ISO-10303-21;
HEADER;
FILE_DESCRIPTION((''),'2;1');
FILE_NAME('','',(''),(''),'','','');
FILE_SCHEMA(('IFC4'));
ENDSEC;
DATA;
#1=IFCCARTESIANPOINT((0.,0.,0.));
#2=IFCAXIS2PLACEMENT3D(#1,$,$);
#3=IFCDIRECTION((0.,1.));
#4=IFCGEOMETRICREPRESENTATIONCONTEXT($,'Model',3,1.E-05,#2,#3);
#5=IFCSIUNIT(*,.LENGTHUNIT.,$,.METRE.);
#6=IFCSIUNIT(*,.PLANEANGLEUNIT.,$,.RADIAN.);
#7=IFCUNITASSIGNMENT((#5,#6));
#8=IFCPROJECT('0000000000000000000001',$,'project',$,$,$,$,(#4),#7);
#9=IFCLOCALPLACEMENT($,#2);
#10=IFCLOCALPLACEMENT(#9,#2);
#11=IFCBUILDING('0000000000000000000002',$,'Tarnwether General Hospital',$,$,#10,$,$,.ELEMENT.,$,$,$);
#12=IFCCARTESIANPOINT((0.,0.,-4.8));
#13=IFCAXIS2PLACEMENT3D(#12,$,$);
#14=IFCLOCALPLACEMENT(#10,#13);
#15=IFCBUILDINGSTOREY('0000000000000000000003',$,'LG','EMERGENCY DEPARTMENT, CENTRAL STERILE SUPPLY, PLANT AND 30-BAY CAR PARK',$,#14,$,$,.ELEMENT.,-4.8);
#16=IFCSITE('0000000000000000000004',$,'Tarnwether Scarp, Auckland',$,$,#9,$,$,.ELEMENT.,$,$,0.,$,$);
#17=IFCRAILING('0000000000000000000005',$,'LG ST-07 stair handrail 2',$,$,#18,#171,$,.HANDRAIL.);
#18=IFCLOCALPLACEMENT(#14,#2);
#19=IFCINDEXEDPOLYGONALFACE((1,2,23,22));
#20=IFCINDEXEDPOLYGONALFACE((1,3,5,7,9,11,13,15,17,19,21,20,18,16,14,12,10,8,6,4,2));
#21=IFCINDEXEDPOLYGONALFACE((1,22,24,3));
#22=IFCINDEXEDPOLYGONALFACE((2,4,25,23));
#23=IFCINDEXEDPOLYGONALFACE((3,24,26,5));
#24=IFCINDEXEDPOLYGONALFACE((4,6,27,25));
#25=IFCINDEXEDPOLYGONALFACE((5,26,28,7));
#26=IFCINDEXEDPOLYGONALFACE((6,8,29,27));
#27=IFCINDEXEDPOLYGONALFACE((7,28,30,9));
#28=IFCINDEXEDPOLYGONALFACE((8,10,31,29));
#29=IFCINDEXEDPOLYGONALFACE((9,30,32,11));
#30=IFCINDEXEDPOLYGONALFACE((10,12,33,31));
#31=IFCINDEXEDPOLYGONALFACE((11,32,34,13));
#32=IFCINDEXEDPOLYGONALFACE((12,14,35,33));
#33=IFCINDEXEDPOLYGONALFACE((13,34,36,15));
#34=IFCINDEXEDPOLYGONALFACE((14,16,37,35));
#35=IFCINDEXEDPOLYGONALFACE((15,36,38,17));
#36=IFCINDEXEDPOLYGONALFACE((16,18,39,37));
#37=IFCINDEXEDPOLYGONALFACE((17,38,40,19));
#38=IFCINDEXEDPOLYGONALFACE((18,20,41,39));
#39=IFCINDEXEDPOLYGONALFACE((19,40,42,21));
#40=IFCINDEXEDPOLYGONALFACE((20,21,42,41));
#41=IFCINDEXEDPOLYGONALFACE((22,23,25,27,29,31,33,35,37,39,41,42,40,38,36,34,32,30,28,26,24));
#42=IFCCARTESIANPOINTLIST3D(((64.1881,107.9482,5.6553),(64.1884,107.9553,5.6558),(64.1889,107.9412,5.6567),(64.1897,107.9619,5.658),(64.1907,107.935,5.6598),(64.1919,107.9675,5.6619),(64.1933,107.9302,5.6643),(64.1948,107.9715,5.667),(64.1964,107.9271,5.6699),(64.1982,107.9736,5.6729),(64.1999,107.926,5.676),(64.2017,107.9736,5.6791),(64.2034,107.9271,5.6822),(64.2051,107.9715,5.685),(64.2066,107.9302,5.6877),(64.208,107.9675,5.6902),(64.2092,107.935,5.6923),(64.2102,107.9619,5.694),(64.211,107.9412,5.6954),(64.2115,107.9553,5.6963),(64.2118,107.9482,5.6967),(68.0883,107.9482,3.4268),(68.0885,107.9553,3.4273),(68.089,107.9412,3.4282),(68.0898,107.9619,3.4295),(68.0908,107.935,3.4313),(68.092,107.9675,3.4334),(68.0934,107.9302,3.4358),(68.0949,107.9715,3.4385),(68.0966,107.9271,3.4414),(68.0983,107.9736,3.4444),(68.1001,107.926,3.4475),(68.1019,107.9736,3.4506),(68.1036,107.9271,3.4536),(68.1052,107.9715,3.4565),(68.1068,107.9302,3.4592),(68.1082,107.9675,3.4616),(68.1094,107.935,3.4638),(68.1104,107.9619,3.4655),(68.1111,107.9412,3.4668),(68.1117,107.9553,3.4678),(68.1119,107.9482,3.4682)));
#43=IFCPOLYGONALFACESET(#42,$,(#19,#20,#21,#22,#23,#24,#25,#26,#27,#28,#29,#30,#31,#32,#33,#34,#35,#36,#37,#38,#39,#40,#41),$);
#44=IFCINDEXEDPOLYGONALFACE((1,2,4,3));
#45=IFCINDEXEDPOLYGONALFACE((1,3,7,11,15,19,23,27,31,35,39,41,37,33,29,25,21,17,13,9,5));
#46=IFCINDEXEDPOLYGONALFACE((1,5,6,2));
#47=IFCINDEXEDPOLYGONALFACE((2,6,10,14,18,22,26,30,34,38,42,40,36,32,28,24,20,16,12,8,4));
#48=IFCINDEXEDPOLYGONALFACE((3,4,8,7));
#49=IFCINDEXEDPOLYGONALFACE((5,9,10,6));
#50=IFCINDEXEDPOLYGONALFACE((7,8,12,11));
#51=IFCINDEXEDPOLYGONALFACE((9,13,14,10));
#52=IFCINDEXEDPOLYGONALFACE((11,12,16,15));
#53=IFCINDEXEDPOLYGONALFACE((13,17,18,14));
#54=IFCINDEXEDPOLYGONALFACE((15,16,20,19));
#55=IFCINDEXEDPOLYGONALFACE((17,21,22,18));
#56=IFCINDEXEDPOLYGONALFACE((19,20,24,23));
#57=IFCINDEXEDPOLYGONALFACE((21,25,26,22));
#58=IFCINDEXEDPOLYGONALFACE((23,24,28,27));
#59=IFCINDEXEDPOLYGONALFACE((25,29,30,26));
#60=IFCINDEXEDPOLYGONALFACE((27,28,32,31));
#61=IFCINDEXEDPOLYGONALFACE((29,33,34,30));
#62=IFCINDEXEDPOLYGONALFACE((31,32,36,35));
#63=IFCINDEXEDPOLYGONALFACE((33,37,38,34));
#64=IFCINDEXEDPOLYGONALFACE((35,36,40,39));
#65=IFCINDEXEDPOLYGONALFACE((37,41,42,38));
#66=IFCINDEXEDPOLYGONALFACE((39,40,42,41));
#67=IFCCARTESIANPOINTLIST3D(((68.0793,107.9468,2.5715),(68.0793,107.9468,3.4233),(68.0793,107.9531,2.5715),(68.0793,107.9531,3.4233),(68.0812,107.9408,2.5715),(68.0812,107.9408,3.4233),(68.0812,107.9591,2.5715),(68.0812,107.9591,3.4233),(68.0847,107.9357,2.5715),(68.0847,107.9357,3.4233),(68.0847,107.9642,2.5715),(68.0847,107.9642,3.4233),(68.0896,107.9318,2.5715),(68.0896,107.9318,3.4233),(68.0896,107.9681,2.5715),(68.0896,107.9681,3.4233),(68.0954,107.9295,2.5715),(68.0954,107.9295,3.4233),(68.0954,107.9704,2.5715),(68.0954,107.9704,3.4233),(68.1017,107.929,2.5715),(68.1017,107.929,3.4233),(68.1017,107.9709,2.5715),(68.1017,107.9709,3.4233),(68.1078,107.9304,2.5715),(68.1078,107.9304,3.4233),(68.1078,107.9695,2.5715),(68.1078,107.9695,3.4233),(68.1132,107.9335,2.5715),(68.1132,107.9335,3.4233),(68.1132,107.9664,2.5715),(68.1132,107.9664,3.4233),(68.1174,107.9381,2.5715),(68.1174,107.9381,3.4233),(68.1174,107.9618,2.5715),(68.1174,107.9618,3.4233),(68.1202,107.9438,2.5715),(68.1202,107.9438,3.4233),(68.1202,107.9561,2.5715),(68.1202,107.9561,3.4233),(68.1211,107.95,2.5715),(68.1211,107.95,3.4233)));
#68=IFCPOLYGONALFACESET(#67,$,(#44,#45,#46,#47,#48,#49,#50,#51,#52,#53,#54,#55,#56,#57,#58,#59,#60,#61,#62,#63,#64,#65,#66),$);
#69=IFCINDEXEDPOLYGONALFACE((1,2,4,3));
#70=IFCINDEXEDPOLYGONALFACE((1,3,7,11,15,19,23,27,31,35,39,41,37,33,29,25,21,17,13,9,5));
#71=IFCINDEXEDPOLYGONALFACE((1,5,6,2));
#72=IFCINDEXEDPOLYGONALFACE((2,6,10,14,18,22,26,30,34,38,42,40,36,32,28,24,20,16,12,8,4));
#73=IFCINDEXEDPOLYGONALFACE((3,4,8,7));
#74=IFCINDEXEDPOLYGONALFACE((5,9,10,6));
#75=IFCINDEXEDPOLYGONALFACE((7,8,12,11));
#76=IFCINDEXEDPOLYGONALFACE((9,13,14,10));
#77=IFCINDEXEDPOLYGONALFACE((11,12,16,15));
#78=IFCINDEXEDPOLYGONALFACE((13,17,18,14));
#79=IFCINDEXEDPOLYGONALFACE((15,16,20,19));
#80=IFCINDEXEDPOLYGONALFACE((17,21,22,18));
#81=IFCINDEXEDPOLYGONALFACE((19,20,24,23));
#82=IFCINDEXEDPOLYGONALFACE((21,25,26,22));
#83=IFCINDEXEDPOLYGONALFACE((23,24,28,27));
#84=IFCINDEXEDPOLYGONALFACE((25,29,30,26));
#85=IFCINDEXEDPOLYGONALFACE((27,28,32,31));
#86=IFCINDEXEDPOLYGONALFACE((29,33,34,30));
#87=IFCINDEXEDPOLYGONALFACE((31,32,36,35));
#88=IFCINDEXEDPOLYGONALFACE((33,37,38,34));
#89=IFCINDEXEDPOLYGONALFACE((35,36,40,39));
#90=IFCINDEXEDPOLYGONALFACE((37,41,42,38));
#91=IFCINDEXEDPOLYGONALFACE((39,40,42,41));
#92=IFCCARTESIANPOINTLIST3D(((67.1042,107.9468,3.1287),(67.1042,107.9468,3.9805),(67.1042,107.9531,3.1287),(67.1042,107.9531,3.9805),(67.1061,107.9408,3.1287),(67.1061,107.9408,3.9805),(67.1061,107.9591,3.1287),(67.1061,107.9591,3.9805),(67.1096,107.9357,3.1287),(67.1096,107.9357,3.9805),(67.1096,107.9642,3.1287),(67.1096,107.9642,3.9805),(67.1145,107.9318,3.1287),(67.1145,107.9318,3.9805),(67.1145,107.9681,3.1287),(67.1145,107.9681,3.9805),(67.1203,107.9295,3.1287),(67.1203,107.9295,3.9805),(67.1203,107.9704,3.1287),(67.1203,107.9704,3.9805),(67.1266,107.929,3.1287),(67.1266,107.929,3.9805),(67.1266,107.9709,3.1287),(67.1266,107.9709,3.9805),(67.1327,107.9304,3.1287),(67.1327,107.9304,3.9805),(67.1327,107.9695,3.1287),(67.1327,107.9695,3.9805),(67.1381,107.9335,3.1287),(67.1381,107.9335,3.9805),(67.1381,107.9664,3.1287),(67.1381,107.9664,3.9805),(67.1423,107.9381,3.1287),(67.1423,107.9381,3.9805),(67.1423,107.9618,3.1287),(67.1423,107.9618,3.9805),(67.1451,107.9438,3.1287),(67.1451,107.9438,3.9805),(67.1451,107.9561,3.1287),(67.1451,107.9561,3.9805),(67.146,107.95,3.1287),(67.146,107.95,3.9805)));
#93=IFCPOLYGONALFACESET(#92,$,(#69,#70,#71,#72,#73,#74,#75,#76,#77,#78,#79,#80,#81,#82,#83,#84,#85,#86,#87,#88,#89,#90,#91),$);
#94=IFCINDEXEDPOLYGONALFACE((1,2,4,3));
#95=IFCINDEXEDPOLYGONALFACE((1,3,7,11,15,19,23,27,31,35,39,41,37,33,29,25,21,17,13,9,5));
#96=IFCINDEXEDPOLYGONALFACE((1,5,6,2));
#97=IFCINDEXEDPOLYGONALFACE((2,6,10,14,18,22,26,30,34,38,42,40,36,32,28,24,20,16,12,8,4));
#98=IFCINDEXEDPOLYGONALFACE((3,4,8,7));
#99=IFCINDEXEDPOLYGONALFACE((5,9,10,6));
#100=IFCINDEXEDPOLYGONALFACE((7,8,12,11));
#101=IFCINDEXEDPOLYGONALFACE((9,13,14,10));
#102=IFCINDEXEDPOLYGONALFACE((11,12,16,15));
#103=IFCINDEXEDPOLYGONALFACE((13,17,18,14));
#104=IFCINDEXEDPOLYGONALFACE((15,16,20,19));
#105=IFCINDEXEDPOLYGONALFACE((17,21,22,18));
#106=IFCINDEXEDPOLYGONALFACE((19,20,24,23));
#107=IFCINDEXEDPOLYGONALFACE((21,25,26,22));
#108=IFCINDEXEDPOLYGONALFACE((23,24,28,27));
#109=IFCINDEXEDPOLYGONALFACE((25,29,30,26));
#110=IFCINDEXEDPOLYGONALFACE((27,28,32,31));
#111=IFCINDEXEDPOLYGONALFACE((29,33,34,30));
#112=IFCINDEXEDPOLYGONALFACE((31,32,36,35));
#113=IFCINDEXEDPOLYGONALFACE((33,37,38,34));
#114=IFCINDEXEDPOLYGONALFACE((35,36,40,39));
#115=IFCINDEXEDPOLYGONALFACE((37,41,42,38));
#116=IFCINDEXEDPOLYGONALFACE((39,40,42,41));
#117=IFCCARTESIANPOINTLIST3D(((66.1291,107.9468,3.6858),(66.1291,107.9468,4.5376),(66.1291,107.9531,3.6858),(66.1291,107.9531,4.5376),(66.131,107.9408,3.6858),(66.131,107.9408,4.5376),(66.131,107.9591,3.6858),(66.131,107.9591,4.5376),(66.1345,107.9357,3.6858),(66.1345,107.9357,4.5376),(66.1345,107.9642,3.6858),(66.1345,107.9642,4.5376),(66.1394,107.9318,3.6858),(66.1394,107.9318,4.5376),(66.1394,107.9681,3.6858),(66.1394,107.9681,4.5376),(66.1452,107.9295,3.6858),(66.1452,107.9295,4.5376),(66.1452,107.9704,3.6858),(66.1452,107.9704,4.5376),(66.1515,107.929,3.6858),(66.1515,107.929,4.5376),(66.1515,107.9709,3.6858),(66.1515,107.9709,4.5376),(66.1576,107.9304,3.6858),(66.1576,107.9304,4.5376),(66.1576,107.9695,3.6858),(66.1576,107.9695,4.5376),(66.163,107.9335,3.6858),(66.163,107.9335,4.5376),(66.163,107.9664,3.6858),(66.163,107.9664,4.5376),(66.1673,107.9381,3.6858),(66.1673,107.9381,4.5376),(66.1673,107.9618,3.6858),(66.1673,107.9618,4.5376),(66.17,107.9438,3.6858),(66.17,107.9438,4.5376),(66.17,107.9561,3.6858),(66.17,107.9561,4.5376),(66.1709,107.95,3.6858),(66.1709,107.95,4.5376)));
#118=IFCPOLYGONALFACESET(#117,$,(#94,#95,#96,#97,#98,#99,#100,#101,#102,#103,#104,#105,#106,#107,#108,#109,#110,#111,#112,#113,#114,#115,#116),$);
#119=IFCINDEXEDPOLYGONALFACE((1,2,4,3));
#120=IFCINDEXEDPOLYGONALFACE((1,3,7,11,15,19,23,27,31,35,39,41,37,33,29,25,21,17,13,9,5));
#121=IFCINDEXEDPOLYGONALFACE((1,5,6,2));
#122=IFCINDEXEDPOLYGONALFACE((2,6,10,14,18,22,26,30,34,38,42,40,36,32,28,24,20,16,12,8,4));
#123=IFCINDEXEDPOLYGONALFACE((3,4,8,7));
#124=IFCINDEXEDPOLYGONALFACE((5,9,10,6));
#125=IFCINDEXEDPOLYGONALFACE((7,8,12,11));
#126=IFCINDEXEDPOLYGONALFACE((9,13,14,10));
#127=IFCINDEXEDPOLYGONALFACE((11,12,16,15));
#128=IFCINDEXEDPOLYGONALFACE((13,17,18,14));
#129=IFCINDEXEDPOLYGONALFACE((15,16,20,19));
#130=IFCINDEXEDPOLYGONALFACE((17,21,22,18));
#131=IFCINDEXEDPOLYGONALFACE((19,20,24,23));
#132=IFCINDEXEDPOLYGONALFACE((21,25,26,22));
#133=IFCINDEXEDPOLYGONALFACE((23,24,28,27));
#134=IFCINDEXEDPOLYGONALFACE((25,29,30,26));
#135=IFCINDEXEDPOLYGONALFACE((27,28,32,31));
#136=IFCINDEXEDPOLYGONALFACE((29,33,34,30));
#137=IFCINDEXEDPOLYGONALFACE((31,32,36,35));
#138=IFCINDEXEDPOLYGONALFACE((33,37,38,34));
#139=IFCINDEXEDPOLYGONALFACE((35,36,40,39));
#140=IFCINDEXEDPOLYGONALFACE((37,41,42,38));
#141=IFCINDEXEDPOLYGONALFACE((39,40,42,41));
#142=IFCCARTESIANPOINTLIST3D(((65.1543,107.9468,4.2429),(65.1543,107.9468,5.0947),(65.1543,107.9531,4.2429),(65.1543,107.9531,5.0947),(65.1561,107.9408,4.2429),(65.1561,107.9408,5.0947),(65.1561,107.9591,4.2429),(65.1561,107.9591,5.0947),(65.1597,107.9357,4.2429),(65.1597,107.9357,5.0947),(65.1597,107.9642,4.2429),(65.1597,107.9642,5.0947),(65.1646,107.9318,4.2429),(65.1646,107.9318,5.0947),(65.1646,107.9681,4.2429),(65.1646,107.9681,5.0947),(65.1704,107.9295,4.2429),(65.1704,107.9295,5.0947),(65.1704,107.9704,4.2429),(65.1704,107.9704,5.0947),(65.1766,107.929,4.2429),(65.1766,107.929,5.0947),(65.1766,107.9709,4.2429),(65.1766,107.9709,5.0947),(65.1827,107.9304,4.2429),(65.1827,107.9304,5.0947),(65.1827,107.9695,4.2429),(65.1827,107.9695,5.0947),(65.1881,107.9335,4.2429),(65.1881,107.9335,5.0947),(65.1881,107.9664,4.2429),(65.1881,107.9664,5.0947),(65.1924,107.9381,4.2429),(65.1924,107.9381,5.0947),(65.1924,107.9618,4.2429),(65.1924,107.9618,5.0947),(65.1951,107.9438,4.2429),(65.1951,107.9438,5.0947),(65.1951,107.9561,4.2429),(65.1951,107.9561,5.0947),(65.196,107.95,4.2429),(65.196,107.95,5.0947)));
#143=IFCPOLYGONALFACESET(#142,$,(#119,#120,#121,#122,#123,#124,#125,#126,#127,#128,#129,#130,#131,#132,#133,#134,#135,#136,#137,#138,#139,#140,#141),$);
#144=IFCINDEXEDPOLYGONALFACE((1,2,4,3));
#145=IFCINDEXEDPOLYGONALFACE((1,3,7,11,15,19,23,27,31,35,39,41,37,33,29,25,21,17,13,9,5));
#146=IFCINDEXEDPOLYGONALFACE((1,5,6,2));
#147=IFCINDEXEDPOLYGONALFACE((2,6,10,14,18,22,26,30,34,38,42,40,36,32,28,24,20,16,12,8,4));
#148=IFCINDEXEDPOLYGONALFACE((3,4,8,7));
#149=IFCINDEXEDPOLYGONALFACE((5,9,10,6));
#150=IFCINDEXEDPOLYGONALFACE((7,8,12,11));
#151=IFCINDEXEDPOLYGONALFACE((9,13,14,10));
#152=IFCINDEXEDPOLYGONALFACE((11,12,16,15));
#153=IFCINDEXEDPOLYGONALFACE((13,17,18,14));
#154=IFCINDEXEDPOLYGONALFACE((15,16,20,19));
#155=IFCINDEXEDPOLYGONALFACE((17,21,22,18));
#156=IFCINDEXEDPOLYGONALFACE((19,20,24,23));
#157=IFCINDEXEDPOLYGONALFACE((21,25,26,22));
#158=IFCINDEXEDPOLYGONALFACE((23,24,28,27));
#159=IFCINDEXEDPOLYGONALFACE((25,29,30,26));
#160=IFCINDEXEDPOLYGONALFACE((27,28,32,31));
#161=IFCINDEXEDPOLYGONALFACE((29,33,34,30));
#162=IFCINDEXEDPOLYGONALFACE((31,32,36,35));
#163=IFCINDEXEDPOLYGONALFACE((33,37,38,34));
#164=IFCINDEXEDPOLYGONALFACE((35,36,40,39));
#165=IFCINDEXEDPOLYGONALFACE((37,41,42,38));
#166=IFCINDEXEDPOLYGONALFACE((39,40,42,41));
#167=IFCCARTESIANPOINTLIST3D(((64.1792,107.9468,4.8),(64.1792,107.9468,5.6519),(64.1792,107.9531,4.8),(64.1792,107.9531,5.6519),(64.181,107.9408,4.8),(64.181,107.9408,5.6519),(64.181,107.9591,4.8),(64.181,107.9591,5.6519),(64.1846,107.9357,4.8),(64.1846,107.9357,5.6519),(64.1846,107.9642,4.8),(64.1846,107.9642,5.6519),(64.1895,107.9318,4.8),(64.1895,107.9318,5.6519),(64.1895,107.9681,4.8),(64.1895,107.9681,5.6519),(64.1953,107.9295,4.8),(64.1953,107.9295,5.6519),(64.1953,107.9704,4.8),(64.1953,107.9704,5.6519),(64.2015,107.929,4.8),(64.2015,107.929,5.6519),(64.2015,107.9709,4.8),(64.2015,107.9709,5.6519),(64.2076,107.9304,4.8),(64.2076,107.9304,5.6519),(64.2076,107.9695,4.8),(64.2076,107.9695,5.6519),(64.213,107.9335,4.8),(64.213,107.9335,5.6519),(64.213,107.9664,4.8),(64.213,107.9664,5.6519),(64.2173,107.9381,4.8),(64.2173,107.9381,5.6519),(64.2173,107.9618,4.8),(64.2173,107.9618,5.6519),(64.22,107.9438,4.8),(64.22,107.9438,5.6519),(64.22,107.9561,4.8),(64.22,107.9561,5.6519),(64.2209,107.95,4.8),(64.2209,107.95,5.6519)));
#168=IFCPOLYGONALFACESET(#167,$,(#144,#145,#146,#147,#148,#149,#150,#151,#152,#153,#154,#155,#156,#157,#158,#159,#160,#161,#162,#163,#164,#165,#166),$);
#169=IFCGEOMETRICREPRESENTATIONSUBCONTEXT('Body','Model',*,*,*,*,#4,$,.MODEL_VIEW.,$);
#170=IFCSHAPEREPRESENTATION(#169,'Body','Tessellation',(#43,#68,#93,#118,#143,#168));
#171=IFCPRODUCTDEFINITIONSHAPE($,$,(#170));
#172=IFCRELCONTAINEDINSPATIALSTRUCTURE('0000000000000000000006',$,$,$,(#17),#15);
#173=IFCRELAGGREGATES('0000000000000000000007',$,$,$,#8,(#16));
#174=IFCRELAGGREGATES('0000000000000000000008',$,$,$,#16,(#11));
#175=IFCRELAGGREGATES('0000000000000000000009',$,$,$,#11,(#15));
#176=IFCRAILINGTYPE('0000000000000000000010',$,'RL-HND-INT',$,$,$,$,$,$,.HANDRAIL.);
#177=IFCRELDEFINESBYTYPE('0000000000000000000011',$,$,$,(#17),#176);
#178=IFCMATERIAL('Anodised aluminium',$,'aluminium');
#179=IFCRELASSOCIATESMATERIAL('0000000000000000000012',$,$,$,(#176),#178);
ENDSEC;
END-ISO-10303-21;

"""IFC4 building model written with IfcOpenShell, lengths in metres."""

from ifc_helpers import new_model, si_unit, direction, frame, origin, origin_2d, place, context, subcontext, project, spatial, circle, extrude, material, type_object, element, save


model = new_model("IFC4")

# Units and contexts
model_context = context("Model", 3, precision=1e-05, world=origin(), true_north=direction((0.0, 1.0)))
body_context = subcontext(model_context, "Body", "Model", "MODEL_VIEW")
ifc_project = project(units=[si_unit("LENGTHUNIT", "METRE"), si_unit("PLANEANGLEUNIT", "RADIAN")], contexts=[model_context])

# Site, building, storey
site_placement = place(None, origin())
site = spatial("IfcSite", under=ifc_project, at=site_placement, Name="Tarnwether Scarp, Auckland", CompositionType="ELEMENT", RefElevation=0.0)
building_placement = place(site_placement, origin())
building = spatial("IfcBuilding", under=site, at=building_placement, Name="Tarnwether General Hospital", CompositionType="ELEMENT")
storey_placement = place(building_placement, frame((0.0, 0.0, -4.8)))
storey = spatial("IfcBuildingStorey", under=building, at=storey_placement, Name="LG", Description="EMERGENCY DEPARTMENT, CENTRAL STERILE SUPPLY, PLANT AND 30-BAY CAR PARK", CompositionType="ELEMENT", Elevation=-4.8)

# Railing
ifc_material_1 = material(Name="Anodised aluminium", Category="aluminium")
railing_type_1 = type_object("IfcRailingType", Name="RL-HND-INT", PredefinedType="HANDRAIL", material=ifc_material_1)
railing_1_placement = place(storey_placement, frame((68.1001, 107.95, 2.5715)))
element("IfcRailing", 1, at=railing_1_placement, inside=storey, type_object=railing_type_1, Name="LG ST-07 stair handrail 2", PredefinedType="HANDRAIL", context=body_context, shape_type="SweptSolid", body=[
    extrude(circle(Radius=0.0239, at=origin_2d()), frame((0.0, 0.0, 0.876), z_axis=(-0.868257, 0.0, 0.496116), x_axis=(0.0, -1.0, 0.0)), (0.0, 0.0, 1.0), 4.4919),
    extrude(circle(Radius=0.021, at=origin_2d()), origin(), (0.0, 0.0, 1.0), 0.8518),
    extrude(circle(Radius=0.021, at=origin_2d()), frame((-0.9751, 0.0, 0.5571)), (0.0, 0.0, 1.0), 0.8518),
    extrude(circle(Radius=0.021, at=origin_2d()), frame((-1.9502, 0.0, 1.1143)), (0.0, 0.0, 1.0), 0.8518),
    extrude(circle(Radius=0.021, at=origin_2d()), frame((-2.925, 0.0, 1.6714)), (0.0, 0.0, 1.0), 0.8518),
    extrude(circle(Radius=0.021, at=origin_2d()), frame((-3.9001, 0.0, 2.2285)), (0.0, 0.0, 1.0), 0.8518),
])

save(model, "model.ifc")
